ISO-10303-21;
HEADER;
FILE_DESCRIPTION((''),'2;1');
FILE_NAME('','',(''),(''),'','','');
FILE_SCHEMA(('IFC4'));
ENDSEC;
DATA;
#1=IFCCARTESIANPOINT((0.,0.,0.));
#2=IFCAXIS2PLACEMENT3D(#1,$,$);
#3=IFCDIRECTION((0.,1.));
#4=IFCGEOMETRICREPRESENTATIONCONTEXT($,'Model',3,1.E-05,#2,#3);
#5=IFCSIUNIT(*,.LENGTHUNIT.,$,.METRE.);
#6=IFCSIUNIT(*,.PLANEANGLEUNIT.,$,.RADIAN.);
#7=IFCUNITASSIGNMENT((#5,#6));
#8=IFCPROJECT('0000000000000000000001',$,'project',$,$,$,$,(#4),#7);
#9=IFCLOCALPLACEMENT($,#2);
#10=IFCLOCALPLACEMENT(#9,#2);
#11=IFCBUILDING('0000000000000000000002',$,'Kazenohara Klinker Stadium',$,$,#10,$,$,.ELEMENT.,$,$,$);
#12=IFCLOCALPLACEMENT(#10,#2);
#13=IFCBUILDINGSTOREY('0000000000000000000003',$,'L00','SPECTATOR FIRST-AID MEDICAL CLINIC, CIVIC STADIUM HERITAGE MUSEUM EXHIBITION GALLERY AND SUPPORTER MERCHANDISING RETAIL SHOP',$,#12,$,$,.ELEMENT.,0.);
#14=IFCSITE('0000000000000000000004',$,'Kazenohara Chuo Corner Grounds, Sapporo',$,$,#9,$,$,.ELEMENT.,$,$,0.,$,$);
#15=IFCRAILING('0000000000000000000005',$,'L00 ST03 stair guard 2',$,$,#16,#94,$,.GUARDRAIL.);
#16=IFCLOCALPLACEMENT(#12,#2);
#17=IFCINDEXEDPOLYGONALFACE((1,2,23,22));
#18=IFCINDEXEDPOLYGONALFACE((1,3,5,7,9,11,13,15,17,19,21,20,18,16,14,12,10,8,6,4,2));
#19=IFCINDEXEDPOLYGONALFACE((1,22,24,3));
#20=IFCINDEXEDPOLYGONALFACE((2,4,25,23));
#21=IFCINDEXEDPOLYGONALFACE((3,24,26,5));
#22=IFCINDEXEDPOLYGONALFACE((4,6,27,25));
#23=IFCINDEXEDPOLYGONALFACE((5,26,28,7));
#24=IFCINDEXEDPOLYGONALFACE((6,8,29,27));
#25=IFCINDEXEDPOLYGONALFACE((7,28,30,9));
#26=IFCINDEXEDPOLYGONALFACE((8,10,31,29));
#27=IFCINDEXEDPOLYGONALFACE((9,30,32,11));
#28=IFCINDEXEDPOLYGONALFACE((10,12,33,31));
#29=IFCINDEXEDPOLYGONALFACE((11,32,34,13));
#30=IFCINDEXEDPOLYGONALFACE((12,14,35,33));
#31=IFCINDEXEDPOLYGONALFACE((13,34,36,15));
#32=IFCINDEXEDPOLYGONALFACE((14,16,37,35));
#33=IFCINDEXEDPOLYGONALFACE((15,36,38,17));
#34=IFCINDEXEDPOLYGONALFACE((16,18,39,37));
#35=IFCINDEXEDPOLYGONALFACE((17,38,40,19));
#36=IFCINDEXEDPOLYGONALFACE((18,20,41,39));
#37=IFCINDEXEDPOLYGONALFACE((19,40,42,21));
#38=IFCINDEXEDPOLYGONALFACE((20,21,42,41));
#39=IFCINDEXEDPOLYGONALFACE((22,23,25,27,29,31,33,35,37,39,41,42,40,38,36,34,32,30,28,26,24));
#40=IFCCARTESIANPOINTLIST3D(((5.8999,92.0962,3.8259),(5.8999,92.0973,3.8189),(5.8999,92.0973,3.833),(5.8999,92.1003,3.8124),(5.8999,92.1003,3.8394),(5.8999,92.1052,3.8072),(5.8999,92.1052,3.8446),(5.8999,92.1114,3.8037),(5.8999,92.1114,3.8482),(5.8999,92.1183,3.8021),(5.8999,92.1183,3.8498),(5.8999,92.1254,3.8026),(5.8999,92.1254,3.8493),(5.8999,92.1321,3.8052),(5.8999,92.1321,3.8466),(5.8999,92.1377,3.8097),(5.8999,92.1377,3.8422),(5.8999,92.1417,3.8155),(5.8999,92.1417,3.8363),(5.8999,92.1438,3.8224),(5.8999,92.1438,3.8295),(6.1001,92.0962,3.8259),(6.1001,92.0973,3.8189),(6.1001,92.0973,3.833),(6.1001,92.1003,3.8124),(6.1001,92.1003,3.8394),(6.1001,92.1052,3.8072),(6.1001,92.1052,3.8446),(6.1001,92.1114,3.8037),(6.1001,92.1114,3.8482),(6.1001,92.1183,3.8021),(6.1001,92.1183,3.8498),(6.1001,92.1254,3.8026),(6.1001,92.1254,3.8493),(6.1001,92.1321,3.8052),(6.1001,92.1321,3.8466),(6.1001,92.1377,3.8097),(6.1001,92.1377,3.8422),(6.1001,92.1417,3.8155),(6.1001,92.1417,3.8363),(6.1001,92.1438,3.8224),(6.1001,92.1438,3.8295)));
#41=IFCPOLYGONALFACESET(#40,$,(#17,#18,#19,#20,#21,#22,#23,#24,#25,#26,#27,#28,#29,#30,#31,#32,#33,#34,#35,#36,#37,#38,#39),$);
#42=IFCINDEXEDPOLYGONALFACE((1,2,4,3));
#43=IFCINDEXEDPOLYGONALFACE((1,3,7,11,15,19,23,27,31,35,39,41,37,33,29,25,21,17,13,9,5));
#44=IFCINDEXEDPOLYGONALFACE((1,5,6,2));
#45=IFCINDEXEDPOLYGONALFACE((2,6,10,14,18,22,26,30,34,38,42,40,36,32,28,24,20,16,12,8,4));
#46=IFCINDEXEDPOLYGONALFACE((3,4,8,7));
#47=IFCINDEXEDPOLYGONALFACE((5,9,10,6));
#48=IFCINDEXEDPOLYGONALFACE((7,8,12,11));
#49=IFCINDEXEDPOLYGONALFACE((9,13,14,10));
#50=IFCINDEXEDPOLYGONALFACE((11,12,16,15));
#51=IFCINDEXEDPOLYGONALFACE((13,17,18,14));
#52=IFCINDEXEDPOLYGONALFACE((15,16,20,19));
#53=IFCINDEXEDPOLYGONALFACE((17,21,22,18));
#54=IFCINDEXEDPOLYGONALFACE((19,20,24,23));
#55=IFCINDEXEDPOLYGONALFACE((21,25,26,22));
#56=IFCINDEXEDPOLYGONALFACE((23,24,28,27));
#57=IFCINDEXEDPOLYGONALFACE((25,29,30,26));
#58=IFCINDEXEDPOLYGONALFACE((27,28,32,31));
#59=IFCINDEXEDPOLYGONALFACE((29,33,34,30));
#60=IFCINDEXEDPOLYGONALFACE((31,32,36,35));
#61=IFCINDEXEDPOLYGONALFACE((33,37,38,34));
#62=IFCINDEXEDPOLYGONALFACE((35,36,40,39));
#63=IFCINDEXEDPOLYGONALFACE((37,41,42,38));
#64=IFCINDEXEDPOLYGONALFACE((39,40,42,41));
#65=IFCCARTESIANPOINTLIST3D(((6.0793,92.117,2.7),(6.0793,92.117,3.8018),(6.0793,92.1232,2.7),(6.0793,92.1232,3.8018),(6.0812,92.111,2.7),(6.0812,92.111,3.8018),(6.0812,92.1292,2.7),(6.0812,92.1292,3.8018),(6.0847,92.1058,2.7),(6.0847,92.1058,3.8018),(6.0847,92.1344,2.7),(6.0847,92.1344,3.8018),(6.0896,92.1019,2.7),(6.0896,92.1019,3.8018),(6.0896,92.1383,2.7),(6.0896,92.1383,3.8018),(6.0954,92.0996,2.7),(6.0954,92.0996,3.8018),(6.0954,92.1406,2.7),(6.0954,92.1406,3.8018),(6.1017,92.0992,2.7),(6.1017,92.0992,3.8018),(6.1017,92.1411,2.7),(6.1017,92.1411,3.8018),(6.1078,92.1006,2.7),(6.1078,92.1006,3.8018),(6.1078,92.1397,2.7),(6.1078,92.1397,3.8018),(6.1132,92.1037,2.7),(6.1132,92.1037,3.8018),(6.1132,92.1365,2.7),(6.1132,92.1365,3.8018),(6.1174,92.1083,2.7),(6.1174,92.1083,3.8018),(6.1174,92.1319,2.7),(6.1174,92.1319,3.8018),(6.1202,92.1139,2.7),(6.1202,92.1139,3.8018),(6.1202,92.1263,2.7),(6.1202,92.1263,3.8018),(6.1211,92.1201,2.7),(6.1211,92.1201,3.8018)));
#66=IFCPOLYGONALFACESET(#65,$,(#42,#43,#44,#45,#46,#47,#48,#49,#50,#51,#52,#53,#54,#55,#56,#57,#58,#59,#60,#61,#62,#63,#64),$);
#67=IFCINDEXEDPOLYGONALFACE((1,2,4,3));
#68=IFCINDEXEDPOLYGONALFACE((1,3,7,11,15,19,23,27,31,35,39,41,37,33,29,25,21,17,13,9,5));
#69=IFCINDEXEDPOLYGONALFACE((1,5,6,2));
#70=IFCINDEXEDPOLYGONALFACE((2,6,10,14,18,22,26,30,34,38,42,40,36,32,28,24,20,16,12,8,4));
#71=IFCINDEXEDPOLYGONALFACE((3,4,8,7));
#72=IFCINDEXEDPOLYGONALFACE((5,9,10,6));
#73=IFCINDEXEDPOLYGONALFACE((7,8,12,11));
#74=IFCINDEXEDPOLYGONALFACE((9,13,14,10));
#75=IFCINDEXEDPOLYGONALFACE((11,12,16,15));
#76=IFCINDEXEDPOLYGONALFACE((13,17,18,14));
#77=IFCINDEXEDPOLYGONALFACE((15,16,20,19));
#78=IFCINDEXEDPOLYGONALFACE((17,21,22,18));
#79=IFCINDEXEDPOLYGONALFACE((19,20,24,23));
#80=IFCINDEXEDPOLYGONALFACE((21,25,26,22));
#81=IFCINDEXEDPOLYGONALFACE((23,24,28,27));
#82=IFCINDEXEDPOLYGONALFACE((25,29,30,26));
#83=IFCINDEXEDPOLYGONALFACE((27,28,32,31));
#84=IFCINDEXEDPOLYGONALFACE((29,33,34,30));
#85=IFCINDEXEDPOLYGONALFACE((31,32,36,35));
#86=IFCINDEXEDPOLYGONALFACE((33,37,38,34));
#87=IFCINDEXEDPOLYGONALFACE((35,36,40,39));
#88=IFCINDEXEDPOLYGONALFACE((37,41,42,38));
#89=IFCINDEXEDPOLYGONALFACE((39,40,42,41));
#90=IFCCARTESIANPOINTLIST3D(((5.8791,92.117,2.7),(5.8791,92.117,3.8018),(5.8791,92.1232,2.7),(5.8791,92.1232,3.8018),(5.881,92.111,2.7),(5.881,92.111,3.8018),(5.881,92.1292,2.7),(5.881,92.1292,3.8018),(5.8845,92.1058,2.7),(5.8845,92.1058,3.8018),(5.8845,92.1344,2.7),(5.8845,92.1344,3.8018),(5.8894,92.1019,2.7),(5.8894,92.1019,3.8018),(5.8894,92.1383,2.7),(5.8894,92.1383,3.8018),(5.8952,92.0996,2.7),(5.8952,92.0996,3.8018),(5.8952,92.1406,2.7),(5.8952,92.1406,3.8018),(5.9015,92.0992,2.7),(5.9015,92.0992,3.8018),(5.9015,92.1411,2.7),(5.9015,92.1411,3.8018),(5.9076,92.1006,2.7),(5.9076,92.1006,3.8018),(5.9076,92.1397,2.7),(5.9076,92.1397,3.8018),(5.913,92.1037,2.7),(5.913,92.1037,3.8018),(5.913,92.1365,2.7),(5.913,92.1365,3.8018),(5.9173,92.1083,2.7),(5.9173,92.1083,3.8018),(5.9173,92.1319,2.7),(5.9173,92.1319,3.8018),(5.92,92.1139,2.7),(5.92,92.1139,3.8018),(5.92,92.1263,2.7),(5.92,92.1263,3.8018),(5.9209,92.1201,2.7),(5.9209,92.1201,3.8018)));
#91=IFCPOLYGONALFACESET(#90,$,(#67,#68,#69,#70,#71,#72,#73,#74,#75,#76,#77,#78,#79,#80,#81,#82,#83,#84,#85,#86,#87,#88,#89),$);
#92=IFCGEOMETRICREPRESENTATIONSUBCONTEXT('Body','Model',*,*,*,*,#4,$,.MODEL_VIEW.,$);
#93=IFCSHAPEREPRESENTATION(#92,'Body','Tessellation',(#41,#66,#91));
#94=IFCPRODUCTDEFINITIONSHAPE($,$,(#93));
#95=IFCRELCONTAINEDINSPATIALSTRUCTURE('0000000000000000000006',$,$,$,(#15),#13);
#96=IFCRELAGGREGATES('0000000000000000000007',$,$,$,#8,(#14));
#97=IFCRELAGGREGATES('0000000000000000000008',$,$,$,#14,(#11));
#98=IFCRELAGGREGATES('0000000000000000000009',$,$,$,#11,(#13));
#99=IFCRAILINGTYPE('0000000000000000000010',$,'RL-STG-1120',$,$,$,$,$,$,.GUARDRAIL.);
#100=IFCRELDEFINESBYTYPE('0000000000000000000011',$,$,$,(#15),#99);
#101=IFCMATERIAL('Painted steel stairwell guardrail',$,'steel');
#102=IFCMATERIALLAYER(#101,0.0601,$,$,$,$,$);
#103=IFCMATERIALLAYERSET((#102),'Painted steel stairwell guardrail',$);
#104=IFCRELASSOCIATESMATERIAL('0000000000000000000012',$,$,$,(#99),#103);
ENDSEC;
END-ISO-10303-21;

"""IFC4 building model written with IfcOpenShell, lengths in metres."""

from ifc_helpers import new_model, si_unit, direction, frame, origin, origin_2d, place, context, subcontext, project, spatial, circle, extrude, material, layer, layer_set, type_object, element, save


model = new_model("IFC4")

# Units and contexts
model_context = context("Model", 3, precision=1e-05, world=origin(), true_north=direction((0.0, 1.0)))
body_context = subcontext(model_context, "Body", "Model", "MODEL_VIEW")
ifc_project = project(units=[si_unit("LENGTHUNIT", "METRE"), si_unit("PLANEANGLEUNIT", "RADIAN")], contexts=[model_context])

# Site, building, storey
site_placement = place(None, origin())
site = spatial("IfcSite", under=ifc_project, at=site_placement, Name="Kazenohara Chuo Corner Grounds, Sapporo", CompositionType="ELEMENT", RefElevation=0.0)
building_placement = place(site_placement, origin())
building = spatial("IfcBuilding", under=site, at=building_placement, Name="Kazenohara Klinker Stadium", CompositionType="ELEMENT")
storey_placement = place(building_placement, origin())
storey = spatial("IfcBuildingStorey", under=building, at=storey_placement, Name="L00", Description="SPECTATOR FIRST-AID MEDICAL CLINIC, CIVIC STADIUM HERITAGE MUSEUM EXHIBITION GALLERY AND SUPPORTER MERCHANDISING RETAIL SHOP", CompositionType="ELEMENT", Elevation=0.0)

# Railing
ifc_material_1 = material(Name="Painted steel stairwell guardrail", Category="steel")
ifc_layer_1 = layer(ifc_material_1, 0.0601)
ifc_layer_set_1 = layer_set([ifc_layer_1], Name="Painted steel stairwell guardrail")
railing_type_1 = type_object("IfcRailingType", Name="RL-STG-1120", PredefinedType="GUARDRAIL", material=ifc_layer_set_1)
railing_1_placement = place(storey_placement, frame((6.1001, 92.1201, 2.7)))
element("IfcRailing", 1, at=railing_1_placement, inside=storey, type_object=railing_type_1, Name="L00 ST03 stair guard 2", PredefinedType="GUARDRAIL", context=body_context, shape_type="SweptSolid", body=[
    extrude(circle(Radius=0.0239, at=origin_2d()), frame((0.0, 0.0, 1.126), z_axis=(-1.0, 0.0, 0.0), x_axis=(0.0, -1.0, 0.0)), (0.0, 0.0, 1.0), 0.2002),
    extrude(circle(Radius=0.021, at=origin_2d()), origin(), (0.0, 0.0, 1.0), 1.1018),
    extrude(circle(Radius=0.021, at=origin_2d()), frame((-0.2002, 0.0, 0.0)), (0.0, 0.0, 1.0), 1.1018),
])

save(model, "model.ifc")
